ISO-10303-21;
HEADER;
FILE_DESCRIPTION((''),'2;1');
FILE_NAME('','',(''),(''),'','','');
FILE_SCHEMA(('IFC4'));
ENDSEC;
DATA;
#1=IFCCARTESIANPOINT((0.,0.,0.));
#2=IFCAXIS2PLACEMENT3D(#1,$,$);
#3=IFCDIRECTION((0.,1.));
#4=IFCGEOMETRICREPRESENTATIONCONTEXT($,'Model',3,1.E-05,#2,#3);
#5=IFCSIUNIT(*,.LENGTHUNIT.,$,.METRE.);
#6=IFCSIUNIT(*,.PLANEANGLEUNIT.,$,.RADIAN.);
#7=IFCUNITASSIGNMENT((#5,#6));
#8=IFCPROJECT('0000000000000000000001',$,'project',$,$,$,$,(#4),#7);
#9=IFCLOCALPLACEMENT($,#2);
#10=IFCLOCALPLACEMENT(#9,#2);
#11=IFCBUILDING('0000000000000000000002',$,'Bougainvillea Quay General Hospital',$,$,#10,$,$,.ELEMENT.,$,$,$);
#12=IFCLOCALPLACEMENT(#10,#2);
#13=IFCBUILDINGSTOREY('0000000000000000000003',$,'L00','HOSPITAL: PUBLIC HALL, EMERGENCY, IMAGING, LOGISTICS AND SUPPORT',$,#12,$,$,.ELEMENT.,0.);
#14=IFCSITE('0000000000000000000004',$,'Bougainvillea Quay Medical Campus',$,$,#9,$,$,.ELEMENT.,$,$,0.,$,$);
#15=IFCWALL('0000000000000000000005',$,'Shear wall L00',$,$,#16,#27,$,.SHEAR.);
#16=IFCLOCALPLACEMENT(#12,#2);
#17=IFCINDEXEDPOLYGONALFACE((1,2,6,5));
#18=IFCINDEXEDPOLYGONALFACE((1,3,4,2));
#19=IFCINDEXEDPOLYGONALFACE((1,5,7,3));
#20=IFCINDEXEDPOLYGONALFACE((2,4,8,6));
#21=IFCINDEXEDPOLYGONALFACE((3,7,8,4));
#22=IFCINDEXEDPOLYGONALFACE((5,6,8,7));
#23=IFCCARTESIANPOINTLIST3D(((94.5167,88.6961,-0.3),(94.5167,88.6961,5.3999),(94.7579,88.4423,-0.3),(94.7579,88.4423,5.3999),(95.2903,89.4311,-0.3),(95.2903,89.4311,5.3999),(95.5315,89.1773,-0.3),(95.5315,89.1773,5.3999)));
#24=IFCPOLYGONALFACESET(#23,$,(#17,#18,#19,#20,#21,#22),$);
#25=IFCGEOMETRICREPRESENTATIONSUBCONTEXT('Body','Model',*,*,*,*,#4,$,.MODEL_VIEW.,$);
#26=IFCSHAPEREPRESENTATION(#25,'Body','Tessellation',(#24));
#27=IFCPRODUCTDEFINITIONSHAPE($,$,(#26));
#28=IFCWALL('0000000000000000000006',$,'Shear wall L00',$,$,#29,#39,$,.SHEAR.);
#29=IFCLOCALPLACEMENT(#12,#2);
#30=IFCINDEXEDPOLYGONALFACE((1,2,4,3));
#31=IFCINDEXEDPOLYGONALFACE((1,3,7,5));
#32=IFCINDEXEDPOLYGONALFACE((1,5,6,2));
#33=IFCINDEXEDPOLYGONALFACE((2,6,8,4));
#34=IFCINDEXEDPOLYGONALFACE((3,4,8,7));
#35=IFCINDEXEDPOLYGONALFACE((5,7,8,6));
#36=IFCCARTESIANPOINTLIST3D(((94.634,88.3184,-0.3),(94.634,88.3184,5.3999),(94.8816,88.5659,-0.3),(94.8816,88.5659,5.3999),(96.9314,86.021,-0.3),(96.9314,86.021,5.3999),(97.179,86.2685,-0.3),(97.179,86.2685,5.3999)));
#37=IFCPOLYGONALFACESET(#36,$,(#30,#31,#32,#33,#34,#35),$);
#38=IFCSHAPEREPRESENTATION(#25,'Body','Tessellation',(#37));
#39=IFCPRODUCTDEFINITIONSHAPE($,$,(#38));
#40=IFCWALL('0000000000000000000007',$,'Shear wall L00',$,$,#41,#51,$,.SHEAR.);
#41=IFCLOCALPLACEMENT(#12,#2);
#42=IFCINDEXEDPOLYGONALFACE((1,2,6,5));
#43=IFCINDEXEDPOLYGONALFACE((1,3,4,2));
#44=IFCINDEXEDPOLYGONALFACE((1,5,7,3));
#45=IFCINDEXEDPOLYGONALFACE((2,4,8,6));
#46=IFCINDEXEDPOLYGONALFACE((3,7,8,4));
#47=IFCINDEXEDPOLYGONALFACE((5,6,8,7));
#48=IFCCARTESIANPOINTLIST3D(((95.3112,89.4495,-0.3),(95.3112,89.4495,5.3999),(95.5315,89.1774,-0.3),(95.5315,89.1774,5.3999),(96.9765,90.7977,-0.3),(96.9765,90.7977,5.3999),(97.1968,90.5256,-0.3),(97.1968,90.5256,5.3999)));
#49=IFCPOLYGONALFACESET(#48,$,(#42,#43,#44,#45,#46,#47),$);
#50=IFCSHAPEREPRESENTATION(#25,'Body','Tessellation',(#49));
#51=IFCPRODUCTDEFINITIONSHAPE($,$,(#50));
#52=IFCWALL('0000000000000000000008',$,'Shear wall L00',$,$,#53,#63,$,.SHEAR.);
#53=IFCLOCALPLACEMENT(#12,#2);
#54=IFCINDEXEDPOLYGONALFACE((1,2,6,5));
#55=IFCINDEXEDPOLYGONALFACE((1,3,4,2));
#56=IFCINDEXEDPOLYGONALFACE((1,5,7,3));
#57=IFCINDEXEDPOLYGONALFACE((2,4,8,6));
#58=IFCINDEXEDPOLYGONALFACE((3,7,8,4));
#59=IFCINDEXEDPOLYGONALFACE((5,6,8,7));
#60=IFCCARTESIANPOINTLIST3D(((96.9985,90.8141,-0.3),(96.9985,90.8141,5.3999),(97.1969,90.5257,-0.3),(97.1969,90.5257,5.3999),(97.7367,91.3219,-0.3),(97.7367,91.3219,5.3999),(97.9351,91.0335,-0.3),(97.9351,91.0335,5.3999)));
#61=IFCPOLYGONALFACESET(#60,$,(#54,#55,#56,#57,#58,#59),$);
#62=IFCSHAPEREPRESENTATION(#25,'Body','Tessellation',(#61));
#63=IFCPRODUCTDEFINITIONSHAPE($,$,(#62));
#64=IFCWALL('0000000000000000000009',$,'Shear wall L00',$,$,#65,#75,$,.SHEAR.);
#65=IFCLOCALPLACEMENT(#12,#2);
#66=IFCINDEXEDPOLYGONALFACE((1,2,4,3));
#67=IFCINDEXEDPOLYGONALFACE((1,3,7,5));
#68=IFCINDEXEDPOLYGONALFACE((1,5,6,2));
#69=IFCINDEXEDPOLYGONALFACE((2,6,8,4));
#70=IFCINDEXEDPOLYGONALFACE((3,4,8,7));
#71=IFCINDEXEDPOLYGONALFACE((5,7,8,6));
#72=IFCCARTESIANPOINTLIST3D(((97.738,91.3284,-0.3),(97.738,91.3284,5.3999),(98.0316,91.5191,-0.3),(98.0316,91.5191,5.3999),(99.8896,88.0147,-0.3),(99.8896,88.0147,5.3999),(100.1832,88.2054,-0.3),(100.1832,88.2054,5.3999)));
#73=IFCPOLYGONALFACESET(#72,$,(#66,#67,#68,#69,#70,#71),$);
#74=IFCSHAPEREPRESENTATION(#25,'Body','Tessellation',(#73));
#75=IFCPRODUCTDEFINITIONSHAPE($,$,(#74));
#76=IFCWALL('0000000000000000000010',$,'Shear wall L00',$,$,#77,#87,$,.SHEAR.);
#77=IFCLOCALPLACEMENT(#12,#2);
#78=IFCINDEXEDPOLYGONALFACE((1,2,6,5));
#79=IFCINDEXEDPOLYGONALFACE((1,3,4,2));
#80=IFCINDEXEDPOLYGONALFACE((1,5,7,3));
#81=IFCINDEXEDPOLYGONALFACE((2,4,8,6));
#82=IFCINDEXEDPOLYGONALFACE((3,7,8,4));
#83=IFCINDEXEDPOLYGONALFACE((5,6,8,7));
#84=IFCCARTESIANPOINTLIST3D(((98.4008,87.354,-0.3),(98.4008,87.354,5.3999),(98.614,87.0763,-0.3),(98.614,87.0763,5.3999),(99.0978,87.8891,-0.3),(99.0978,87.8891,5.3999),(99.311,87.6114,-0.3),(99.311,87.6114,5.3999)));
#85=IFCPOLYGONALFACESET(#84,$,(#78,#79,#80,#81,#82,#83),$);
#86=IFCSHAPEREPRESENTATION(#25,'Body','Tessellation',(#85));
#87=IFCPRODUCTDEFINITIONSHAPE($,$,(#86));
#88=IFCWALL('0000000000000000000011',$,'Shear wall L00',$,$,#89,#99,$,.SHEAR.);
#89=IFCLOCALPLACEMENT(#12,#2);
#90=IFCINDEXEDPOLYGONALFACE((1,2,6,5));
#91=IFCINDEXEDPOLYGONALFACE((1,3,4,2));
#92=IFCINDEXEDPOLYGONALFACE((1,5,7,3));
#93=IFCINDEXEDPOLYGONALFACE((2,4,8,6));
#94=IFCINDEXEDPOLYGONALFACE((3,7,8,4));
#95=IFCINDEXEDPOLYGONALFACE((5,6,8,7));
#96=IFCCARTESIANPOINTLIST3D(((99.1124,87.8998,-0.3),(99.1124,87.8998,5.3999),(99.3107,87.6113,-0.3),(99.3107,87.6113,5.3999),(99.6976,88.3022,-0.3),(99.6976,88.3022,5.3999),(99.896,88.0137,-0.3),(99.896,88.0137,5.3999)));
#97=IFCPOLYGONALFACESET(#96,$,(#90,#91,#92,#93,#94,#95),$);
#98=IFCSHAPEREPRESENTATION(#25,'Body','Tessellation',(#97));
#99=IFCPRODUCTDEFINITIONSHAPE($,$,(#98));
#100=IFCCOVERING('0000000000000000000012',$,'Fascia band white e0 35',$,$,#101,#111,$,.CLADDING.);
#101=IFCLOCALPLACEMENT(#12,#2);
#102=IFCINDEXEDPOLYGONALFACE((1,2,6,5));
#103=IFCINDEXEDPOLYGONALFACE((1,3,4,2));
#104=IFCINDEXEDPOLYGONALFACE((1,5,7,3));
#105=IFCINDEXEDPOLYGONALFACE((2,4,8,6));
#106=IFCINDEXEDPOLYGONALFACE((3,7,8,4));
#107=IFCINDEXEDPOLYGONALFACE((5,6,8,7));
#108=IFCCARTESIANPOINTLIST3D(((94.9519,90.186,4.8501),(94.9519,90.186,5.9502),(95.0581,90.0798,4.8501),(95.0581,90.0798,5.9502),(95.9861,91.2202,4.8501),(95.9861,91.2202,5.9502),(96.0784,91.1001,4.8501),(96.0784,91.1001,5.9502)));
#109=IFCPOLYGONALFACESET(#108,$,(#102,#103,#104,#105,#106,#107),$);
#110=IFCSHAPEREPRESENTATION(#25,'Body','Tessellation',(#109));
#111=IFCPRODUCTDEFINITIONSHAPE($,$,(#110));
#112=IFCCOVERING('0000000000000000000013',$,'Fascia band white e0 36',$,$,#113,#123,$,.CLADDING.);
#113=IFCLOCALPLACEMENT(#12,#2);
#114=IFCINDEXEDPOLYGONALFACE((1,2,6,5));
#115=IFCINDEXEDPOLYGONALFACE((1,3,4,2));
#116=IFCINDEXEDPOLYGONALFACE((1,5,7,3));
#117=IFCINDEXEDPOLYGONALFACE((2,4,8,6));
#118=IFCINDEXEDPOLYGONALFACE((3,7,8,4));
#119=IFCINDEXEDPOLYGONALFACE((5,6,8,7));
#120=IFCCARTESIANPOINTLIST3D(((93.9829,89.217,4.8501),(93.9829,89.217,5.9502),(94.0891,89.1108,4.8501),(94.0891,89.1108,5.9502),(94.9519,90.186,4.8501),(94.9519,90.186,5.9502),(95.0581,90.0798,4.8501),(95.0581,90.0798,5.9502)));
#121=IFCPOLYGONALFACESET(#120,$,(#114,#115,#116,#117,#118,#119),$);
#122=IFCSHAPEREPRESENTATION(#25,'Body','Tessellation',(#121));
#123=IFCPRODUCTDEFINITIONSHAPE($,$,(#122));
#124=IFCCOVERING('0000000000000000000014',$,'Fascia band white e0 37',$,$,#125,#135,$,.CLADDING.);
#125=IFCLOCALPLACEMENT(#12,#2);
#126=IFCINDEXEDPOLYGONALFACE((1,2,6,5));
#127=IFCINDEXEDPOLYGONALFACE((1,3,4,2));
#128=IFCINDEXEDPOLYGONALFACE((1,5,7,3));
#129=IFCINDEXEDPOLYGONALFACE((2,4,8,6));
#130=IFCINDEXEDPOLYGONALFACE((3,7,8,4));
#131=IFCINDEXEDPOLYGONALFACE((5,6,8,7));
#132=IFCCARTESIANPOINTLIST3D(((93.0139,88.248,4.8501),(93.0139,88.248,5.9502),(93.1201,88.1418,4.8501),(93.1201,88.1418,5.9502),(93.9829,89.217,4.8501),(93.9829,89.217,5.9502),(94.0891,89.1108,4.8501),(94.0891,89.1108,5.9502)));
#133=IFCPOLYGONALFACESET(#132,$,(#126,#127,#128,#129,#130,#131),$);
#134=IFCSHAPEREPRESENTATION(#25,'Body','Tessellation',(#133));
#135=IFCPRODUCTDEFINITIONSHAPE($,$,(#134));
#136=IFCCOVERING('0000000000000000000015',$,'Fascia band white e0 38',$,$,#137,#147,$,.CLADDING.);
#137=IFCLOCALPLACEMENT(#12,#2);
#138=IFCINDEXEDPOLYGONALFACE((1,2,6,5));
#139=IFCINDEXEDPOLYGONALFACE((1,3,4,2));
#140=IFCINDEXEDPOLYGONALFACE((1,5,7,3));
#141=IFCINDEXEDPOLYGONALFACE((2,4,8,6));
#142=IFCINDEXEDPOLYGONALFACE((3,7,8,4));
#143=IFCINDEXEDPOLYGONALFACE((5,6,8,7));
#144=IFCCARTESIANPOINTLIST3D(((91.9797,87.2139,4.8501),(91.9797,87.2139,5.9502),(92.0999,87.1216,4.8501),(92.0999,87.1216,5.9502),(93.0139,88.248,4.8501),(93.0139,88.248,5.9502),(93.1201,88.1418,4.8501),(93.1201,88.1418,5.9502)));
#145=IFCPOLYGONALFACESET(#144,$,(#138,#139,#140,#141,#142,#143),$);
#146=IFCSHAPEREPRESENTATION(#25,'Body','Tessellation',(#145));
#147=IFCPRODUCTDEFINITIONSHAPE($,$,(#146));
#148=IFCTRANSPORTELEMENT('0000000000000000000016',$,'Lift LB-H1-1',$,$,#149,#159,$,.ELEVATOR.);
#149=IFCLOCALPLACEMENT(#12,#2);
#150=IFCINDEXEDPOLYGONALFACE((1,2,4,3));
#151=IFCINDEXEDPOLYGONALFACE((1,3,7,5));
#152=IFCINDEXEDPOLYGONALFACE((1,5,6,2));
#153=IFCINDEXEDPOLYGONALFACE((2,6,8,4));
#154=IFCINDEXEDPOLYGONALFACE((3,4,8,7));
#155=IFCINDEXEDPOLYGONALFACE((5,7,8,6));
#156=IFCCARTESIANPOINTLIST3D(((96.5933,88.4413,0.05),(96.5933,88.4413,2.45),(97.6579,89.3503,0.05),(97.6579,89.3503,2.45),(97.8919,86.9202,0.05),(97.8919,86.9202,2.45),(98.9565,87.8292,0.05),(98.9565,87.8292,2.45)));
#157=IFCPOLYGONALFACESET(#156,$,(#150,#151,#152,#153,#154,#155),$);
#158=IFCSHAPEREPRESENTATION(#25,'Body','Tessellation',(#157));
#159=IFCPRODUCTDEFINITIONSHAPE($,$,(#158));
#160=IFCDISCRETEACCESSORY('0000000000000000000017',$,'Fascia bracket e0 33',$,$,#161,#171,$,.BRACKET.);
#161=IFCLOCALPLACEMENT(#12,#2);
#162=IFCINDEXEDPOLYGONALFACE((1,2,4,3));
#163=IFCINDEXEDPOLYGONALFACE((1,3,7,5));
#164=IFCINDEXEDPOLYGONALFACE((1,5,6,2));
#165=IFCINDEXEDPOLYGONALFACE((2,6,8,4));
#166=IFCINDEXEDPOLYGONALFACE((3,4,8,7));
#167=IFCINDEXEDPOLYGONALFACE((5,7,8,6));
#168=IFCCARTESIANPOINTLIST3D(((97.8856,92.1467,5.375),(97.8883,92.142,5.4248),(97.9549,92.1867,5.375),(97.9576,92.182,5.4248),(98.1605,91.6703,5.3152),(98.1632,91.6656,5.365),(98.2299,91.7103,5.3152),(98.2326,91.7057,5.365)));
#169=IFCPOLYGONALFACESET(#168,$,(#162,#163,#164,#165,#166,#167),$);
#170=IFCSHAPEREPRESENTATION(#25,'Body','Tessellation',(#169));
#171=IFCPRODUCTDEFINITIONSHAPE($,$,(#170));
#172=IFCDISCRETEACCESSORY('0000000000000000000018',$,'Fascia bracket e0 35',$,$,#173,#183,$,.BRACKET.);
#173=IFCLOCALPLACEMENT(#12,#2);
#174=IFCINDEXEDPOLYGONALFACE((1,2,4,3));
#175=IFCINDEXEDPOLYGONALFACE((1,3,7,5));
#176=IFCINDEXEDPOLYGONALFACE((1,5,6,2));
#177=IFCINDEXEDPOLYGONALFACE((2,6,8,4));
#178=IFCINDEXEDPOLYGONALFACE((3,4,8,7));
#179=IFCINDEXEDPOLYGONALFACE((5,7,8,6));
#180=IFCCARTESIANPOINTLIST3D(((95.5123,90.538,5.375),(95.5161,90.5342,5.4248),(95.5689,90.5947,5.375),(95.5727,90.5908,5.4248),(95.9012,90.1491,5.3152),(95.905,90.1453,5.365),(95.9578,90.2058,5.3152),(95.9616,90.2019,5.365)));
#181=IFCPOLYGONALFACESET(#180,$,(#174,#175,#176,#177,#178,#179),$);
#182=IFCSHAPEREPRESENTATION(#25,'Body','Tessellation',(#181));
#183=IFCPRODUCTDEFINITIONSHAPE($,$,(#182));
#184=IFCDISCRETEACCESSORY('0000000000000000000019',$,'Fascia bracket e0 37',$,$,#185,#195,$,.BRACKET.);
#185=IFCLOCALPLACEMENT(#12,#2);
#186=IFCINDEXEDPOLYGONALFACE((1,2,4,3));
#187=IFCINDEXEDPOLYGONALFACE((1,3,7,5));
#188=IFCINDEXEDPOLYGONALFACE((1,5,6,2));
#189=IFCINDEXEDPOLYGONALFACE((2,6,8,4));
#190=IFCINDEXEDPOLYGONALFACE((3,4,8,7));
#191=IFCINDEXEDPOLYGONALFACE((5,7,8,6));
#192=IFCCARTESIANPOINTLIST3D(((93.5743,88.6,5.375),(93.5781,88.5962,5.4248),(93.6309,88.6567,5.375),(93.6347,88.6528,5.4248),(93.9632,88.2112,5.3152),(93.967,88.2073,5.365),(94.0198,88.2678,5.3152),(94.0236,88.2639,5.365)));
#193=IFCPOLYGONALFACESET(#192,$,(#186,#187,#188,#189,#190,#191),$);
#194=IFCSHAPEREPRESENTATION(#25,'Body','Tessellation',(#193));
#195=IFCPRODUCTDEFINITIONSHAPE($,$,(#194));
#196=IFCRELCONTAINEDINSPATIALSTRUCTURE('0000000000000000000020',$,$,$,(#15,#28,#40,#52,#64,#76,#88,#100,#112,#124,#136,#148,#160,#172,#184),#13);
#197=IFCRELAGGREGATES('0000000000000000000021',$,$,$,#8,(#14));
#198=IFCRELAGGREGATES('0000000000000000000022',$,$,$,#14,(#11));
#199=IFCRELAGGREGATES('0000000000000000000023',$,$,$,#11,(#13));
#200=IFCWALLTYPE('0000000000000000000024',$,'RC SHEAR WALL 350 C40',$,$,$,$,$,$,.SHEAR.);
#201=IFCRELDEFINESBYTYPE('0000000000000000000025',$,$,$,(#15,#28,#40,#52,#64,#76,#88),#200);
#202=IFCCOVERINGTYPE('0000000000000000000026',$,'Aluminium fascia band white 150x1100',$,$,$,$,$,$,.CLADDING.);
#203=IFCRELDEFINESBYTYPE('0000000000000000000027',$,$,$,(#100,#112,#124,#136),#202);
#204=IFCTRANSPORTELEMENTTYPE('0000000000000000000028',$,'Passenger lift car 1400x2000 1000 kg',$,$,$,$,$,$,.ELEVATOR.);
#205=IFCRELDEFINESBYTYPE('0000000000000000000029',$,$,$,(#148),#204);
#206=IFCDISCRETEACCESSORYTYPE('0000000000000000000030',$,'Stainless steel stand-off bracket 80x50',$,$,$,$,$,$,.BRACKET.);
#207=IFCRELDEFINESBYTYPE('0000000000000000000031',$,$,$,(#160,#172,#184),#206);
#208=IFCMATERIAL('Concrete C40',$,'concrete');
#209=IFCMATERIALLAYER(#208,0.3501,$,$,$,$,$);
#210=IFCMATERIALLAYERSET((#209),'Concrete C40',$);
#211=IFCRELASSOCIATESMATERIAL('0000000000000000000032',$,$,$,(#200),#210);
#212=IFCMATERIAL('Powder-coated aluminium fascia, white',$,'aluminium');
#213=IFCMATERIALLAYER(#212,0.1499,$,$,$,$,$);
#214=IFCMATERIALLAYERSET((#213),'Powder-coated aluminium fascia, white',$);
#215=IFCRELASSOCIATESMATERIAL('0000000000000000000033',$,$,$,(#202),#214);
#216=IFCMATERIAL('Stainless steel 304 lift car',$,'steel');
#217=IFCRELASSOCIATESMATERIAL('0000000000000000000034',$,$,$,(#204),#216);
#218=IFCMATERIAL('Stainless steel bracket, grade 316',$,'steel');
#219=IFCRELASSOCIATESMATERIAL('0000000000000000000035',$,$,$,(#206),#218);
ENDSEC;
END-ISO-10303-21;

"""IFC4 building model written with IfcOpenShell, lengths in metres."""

from ifc_helpers import new_model, si_unit, direction, frame, frame_2d, origin, origin_2d, place, context, subcontext, project, spatial, polyline, rectangle, outline, extrude, material, layer, layer_set, material_profile, profile_set, type_object, element, save


model = new_model("IFC4")

# Units and contexts
model_context = context("Model", 3, precision=1e-05, world=origin(), true_north=direction((0.0, 1.0)))
body_context = subcontext(model_context, "Body", "Model", "MODEL_VIEW")
ifc_project = project(units=[si_unit("LENGTHUNIT", "METRE"), si_unit("PLANEANGLEUNIT", "RADIAN")], contexts=[model_context])

# Site, building, storey
site_placement = place(None, origin())
site = spatial("IfcSite", under=ifc_project, at=site_placement, Name="Bougainvillea Quay Medical Campus", CompositionType="ELEMENT", RefElevation=0.0)
building_placement = place(site_placement, origin())
building = spatial("IfcBuilding", under=site, at=building_placement, Name="Bougainvillea Quay General Hospital", CompositionType="ELEMENT")
storey_placement = place(building_placement, origin())
storey = spatial("IfcBuildingStorey", under=building, at=storey_placement, Name="L00", Description="HOSPITAL: PUBLIC HALL, EMERGENCY, IMAGING, LOGISTICS AND SUPPORT", CompositionType="ELEMENT", Elevation=0.0)

# Shared definitions
ifc_material_1 = material(Name="Concrete C40", Category="concrete")

# Walls
ifc_layer_1 = layer(ifc_material_1, 0.3501)
ifc_layer_set_1 = layer_set([ifc_layer_1], Name="Concrete C40")
wall_type_1 = type_object("IfcWallType", Name="RC SHEAR WALL 350 C40", PredefinedType="SHEAR", material=ifc_layer_set_1)
wall_1_placement = place(storey_placement, frame((94.6372, 88.5691, -0.3), z_axis=(0.0, 0.0, 1.0), x_axis=(0.724948, 0.688804, 0.0)))
element("IfcWall", 1, at=wall_1_placement, inside=storey, type_object=wall_type_1, Name="Shear wall L00", PredefinedType="SHEAR", context=body_context, shape_type="SweptSolid", body=[
    extrude(rectangle(XDim=1.0671, YDim=0.3501, at=frame_2d((0.5337, 0.0))), origin(), (0.0, 0.0, 1.0), 5.7),
])
wall_2_placement = place(storey_placement, frame((94.7578, 88.4421, -0.3), z_axis=(0.0, 0.0, 1.0), x_axis=(0.707107, -0.707107, 0.0)))
element("IfcWall", 2, at=wall_2_placement, inside=storey, type_object=wall_type_1, Name="Shear wall L00", PredefinedType="SHEAR", context=body_context, shape_type="SweptSolid", body=[
    extrude(rectangle(XDim=3.249, YDim=0.3501, at=frame_2d((1.6245, 0.0))), origin(), (0.0, 0.0, 1.0), 5.7),
])
wall_3_placement = place(storey_placement, frame((97.0867, 90.6616, -0.3), z_axis=(0.0, 0.0, 1.0), x_axis=(-0.777232, -0.629215, 0.0)))
element("IfcWall", 3, at=wall_3_placement, inside=storey, type_object=wall_type_1, Name="Shear wall L00", PredefinedType="SHEAR", context=body_context, shape_type="SweptSolid", body=[
    extrude(rectangle(XDim=2.1426, YDim=0.3501, at=frame_2d((1.0713, 0.0))), origin(), (0.0, 0.0, 1.0), 5.7),
])
wall_4_placement = place(storey_placement, frame((97.0977, 90.6699, -0.3), z_axis=(0.0, 0.0, 1.0), x_axis=(0.823915, 0.566714, 0.0)))
element("IfcWall", 4, at=wall_4_placement, inside=storey, type_object=wall_type_1, Name="Shear wall L00", PredefinedType="SHEAR", context=body_context, shape_type="SweptSolid", body=[
    extrude(rectangle(XDim=0.896, YDim=0.3501, at=frame_2d((0.448, 0.0))), origin(), (0.0, 0.0, 1.0), 5.7),
])
wall_5_placement = place(storey_placement, frame((97.8848, 91.4238, -0.3), z_axis=(0.0, 0.0, 1.0), x_axis=(0.544578, -0.83871, 0.0)))
element("IfcWall", 5, at=wall_5_placement, inside=storey, type_object=wall_type_1, Name="Shear wall L00", PredefinedType="SHEAR", context=body_context, shape_type="SweptSolid", body=[
    extrude(rectangle(XDim=3.9509, YDim=0.3501, at=frame_2d((1.9756, 0.0))), origin(), (0.0, 0.0, 1.0), 5.7),
])
wall_6_placement = place(storey_placement, frame((98.5073, 87.2151, -0.3), z_axis=(0.0, 0.0, 1.0), x_axis=(0.793181, 0.608985, 0.0)))
element("IfcWall", 6, at=wall_6_placement, inside=storey, type_object=wall_type_1, Name="Shear wall L00", PredefinedType="SHEAR", context=body_context, shape_type="SweptSolid", body=[
    extrude(rectangle(XDim=0.8787, YDim=0.3501, at=frame_2d((0.4395, 0.0))), origin(), (0.0, 0.0, 1.0), 5.7),
])
wall_7_placement = place(storey_placement, frame((99.2117, 87.7556, -0.3), z_axis=(0.0, 0.0, 1.0), x_axis=(0.824032, 0.566543, 0.0)))
element("IfcWall", 7, at=wall_7_placement, inside=storey, type_object=wall_type_1, Name="Shear wall L00", PredefinedType="SHEAR", context=body_context, shape_type="SweptSolid", body=[
    extrude(rectangle(XDim=0.7102, YDim=0.3501, at=frame_2d((0.355, 0.0))), origin(), (0.0, 0.0, 1.0), 5.7),
])

# Coverings
ifc_material_2 = material(Name="Powder-coated aluminium fascia, white", Category="aluminium")
ifc_layer_2 = layer(ifc_material_2, 0.1499)
ifc_layer_set_2 = layer_set([ifc_layer_2], Name="Powder-coated aluminium fascia, white")
covering_type = type_object("IfcCoveringType", Name="Aluminium fascia band white 150x1100", PredefinedType="CLADDING", material=ifc_layer_set_2)
covering_1_placement = place(storey_placement, frame((96.0784, 91.1001, 4.8501), z_axis=(0.0, 0.0, 1.0), x_axis=(-0.707107, -0.707107, 0.0)))
element("IfcCovering", 8, at=covering_1_placement, inside=storey, type_object=covering_type, Name="Fascia band white e0 35", PredefinedType="CLADDING", context=body_context, shape_type="SweptSolid", body=[
    extrude(outline(polyline([(0.0, 0.0), (1.4429, 0.0), (1.4429, -0.1502), (-0.0197, -0.1502), (0.0, 0.0)])), origin(), (0.0, 0.0, 1.0), 1.1001),
])
for number, where, z_axis, x_axis, name in (
    (9, (95.0581, 90.0798, 4.8501), (0.0, 0.0, 1.0), (-0.707107, -0.707107, 0.0), "Fascia band white e0 36"),
    (10, (94.0891, 89.1108, 4.8501), (0.0, 0.0, 1.0), (-0.707107, -0.707107, 0.0), "Fascia band white e0 37"),
):
    element("IfcCovering", number, at=place(storey_placement, frame(where, z_axis=z_axis, x_axis=x_axis)), inside=storey, type_object=covering_type, Name=name, PredefinedType="CLADDING", context=body_context, shape_type="SweptSolid", body=[
        extrude(outline(polyline([(0.0, 0.0), (1.3704, 0.0), (1.3704, -0.1502), (0.0, -0.1502), (0.0, 0.0)])), origin(), (0.0, 0.0, 1.0), 1.1001),
    ])
covering_2_placement = place(storey_placement, frame((93.1201, 88.1418, 4.8501), z_axis=(0.0, 0.0, 1.0), x_axis=(-0.707107, -0.707107, 0.0)))
element("IfcCovering", 11, at=covering_2_placement, inside=storey, type_object=covering_type, Name="Fascia band white e0 38", PredefinedType="CLADDING", context=body_context, shape_type="SweptSolid", body=[
    extrude(outline(polyline([(0.0, 0.0), (1.4429, 0.0), (1.4626, -0.1502), (0.0, -0.1502), (0.0, 0.0)])), origin(), (0.0, 0.0, 1.0), 1.1001),
])

# Transport element
ifc_material_3 = material(Name="Stainless steel 304 lift car", Category="steel")
transport_element_type = type_object("IfcTransportElementType", Name="Passenger lift car 1400x2000 1000 kg", PredefinedType="ELEVATOR", material=ifc_material_3)
transport_element_placement = place(storey_placement, frame((97.7749, 88.1353, 0.05), z_axis=(0.0, 0.0, 1.0), x_axis=(0.760524, 0.64931, 0.0)))
element("IfcTransportElement", 12, at=transport_element_placement, inside=storey, type_object=transport_element_type, Name="Lift LB-H1-1", PredefinedType="ELEVATOR", context=body_context, shape_type="SweptSolid", body=[
    extrude(rectangle(XDim=1.3999, YDim=2.0, at=origin_2d()), origin(), (0.0, 0.0, 1.0), 2.3999),
])

# Discrete accessories
ifc_material_4 = material(Name="Stainless steel bracket, grade 316", Category="steel")
ifc_material_profile_1 = material_profile(ifc_material_4, rectangle(XDim=0.0801, YDim=0.05, at=origin_2d()))
ifc_profile_set_1 = profile_set([ifc_material_profile_1], Name="Stainless steel bracket, grade 316")
discrete_accessory_type = type_object("IfcDiscreteAccessoryType", Name="Stainless steel stand-off bracket 80x50", PredefinedType="BRACKET", material=ifc_profile_set_1)
for number, where, z_axis, x_axis, name in (
    (13, (98.1965, 91.688, 5.3401), (-0.496933, 0.861027, 0.108125), (-0.866104, -0.499863, 0.0), "Fascia bracket e0 33"),
    (14, (95.9314, 90.1755, 5.3401), (-0.702962, 0.702962, 0.108114), (-0.707107, -0.707107, 0.0), "Fascia bracket e0 35"),
    (15, (93.9934, 88.2375, 5.3401), (-0.702962, 0.702962, 0.108114), (-0.707107, -0.707107, 0.0), "Fascia bracket e0 37"),
):
    element("IfcDiscreteAccessory", number, at=place(storey_placement, frame(where, z_axis=z_axis, x_axis=x_axis)), inside=storey, type_object=discrete_accessory_type, Name=name, PredefinedType="BRACKET", context=body_context, shape_type="SweptSolid", body=[
        extrude(rectangle(XDim=0.0801, YDim=0.05, at=origin_2d()), origin(), (0.0, 0.0, 1.0), 0.5532),
    ])

save(model, "model.ifc")
